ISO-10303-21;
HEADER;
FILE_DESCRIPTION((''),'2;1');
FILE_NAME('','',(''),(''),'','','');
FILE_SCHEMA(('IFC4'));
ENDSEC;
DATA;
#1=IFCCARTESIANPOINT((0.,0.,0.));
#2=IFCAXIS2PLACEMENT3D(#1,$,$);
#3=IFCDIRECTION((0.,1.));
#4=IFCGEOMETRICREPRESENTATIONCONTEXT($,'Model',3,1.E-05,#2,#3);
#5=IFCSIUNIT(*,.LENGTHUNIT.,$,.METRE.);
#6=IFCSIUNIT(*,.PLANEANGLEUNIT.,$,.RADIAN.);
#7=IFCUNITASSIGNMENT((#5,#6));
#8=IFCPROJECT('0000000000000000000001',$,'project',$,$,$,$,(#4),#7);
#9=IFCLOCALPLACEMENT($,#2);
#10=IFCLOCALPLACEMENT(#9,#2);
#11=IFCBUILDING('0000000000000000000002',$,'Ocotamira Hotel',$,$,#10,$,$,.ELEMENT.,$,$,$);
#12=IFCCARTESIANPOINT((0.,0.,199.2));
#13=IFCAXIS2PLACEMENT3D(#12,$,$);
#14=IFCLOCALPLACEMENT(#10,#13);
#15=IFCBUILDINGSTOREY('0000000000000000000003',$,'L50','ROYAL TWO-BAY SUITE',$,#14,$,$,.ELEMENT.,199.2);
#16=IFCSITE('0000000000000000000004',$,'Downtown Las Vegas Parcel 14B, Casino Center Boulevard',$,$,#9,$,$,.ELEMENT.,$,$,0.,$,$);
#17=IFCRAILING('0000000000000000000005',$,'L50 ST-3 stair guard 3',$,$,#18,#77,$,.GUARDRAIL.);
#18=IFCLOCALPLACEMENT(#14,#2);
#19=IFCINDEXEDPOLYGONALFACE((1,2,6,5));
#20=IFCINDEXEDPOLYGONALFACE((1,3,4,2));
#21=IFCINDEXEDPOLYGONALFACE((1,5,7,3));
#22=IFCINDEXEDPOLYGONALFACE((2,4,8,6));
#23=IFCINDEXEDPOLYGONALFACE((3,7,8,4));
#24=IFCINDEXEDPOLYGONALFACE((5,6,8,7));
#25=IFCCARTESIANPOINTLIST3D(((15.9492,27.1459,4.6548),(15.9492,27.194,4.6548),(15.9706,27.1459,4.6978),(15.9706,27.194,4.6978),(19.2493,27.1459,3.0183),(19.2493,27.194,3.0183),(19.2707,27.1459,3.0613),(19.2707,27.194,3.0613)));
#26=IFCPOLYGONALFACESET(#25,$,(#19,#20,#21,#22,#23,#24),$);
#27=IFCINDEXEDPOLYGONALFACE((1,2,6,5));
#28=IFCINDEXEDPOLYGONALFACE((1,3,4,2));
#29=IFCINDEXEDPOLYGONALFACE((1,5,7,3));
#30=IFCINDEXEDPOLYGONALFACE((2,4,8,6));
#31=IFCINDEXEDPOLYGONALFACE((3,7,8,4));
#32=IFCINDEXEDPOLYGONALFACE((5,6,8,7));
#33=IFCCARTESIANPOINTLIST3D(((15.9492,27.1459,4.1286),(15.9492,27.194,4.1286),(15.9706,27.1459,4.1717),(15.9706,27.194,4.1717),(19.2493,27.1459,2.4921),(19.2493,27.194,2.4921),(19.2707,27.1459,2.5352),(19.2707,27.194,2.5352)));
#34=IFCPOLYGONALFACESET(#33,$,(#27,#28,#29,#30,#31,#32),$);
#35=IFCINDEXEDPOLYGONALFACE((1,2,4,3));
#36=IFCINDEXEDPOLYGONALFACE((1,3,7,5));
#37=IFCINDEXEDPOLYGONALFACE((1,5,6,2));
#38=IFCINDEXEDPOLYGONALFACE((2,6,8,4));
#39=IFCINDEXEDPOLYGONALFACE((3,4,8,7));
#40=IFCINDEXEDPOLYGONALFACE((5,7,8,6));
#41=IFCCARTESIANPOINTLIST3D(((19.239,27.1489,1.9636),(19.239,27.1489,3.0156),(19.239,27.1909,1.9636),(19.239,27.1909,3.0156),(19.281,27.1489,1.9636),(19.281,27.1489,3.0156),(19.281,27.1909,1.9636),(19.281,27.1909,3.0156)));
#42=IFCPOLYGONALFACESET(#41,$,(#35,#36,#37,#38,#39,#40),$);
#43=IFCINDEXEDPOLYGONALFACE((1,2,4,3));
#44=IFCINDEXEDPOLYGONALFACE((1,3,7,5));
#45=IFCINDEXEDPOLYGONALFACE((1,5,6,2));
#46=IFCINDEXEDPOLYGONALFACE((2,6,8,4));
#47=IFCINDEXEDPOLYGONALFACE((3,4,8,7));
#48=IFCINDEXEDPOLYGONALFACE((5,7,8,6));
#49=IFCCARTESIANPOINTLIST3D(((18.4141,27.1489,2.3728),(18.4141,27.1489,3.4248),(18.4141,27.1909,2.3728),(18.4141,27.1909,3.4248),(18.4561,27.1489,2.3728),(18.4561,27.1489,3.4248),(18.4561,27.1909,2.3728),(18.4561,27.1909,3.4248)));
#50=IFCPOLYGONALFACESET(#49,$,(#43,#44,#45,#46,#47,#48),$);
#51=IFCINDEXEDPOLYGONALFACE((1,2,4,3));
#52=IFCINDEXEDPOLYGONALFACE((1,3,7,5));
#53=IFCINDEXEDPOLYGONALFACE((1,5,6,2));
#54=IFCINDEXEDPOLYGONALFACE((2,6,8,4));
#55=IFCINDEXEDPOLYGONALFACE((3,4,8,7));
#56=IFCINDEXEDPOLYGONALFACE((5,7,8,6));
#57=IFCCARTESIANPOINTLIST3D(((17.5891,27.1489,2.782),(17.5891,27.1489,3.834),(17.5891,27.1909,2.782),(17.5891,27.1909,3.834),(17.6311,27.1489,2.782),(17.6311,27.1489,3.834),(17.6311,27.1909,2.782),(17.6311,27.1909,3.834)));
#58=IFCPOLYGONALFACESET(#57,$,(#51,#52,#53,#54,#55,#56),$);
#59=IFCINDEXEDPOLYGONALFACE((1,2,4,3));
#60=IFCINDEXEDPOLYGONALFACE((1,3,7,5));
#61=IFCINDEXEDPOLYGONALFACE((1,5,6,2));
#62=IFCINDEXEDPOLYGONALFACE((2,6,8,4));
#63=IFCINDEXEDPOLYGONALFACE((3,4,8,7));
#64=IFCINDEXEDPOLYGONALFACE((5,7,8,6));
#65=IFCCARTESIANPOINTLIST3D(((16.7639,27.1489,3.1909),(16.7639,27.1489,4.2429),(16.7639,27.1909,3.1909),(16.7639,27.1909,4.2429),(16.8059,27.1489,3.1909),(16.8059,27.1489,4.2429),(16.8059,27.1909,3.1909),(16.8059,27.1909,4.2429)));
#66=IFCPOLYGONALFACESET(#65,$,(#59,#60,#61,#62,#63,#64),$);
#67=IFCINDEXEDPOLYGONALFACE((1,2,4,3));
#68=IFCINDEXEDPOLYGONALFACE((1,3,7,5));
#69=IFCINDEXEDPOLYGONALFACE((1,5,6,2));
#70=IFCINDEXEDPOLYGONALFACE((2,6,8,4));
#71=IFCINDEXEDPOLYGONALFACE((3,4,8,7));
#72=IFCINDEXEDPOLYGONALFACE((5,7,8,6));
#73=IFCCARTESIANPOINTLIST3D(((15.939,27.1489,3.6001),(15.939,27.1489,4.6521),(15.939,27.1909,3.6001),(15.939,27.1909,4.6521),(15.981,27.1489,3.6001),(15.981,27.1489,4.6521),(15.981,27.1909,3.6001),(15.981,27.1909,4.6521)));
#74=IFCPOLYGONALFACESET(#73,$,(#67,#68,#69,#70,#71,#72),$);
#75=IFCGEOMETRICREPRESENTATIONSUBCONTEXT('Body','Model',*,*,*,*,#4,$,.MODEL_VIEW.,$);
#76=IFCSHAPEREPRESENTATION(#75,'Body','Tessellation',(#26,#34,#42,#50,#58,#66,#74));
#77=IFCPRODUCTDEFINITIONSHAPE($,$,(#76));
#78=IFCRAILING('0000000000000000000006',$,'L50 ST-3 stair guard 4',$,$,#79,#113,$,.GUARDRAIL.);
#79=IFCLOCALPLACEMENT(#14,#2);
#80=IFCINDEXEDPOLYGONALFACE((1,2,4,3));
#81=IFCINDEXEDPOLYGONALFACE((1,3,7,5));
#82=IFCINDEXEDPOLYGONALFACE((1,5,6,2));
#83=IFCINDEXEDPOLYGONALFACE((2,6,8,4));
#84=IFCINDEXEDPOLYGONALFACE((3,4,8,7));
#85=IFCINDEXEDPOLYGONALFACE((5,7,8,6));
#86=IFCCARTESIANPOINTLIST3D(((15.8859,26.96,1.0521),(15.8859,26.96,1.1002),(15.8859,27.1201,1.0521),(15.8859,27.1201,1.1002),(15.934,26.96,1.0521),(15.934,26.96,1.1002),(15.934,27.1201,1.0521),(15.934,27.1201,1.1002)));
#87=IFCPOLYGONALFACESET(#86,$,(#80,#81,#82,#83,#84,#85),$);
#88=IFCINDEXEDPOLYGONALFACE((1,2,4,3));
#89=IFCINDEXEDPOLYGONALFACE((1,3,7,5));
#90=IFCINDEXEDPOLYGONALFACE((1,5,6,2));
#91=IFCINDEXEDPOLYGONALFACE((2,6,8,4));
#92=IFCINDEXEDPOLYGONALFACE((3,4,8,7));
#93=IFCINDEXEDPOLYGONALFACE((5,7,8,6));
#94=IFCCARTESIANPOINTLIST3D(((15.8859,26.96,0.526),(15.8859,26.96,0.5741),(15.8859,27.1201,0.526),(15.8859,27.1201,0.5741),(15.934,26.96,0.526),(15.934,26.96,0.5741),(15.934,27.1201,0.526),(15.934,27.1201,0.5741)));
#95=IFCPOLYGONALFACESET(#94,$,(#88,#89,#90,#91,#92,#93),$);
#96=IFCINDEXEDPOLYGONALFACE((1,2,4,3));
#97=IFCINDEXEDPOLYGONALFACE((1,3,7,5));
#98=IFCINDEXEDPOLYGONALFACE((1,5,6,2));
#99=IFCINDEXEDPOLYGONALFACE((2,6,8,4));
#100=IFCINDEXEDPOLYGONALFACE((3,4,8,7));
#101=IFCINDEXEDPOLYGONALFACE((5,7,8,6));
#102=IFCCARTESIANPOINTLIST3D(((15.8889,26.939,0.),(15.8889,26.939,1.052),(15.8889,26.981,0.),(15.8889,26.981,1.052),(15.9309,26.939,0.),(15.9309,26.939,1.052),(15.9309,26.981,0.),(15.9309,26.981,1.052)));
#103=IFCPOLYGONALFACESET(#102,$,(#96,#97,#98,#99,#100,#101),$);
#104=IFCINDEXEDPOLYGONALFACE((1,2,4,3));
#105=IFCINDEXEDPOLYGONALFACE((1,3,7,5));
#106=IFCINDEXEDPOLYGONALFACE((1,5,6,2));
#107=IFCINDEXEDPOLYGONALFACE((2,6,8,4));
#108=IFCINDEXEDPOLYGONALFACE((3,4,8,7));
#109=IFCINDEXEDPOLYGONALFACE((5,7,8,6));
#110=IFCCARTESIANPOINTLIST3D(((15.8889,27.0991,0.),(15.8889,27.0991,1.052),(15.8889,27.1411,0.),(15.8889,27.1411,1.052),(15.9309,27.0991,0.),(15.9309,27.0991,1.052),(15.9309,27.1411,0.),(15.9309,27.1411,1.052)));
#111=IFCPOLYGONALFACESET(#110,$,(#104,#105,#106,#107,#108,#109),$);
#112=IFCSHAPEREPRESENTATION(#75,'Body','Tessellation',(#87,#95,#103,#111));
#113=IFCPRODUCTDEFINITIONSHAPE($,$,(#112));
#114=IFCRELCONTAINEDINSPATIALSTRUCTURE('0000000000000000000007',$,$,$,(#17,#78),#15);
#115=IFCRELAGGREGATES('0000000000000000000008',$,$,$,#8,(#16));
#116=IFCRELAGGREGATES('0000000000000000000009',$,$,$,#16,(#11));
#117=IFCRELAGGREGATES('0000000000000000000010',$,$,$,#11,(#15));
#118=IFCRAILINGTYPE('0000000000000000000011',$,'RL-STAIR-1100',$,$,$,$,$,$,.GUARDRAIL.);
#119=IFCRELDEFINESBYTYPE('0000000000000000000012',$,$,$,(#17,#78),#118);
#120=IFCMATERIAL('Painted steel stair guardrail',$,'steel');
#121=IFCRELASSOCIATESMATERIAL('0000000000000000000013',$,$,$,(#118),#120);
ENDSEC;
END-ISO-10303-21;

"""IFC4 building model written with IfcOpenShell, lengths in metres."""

from ifc_helpers import new_model, si_unit, direction, frame, origin, origin_2d, place, context, subcontext, project, spatial, rectangle, extrude, material, type_object, element, save


model = new_model("IFC4")

# Units and contexts
model_context = context("Model", 3, precision=1e-05, world=origin(), true_north=direction((0.0, 1.0)))
body_context = subcontext(model_context, "Body", "Model", "MODEL_VIEW")
ifc_project = project(units=[si_unit("LENGTHUNIT", "METRE"), si_unit("PLANEANGLEUNIT", "RADIAN")], contexts=[model_context])

# Site, building, storey
site_placement = place(None, origin())
site = spatial("IfcSite", under=ifc_project, at=site_placement, Name="Downtown Las Vegas Parcel 14B, Casino Center Boulevard", CompositionType="ELEMENT", RefElevation=0.0)
building_placement = place(site_placement, origin())
building = spatial("IfcBuilding", under=site, at=building_placement, Name="Ocotamira Hotel", CompositionType="ELEMENT")
storey_placement = place(building_placement, frame((0.0, 0.0, 199.2)))
storey = spatial("IfcBuildingStorey", under=building, at=storey_placement, Name="L50", Description="ROYAL TWO-BAY SUITE", CompositionType="ELEMENT", Elevation=199.2)

# Railings
ifc_material_1 = material(Name="Painted steel stair guardrail", Category="steel")
railing_type_1 = type_object("IfcRailingType", Name="RL-STAIR-1100", PredefinedType="GUARDRAIL", material=ifc_material_1)
railing_1_placement = place(storey_placement, frame((19.26, 27.1699, 1.9636)))
element("IfcRailing", 1, at=railing_1_placement, inside=storey, type_object=railing_type_1, Name="L50 ST-3 stair guard 3", PredefinedType="GUARDRAIL", context=body_context, shape_type="SweptSolid", body=[
    extrude(rectangle(XDim=0.0481, YDim=0.0481, at=origin_2d()), frame((0.0, 0.0, 1.0762), z_axis=(-0.895894, 0.0, 0.444268), x_axis=(0.0, -1.0, 0.0)), (0.0, 0.0, 1.0), 3.6836),
    extrude(rectangle(XDim=0.0481, YDim=0.0481, at=origin_2d()), frame((0.0, 0.0, 0.55), z_axis=(-0.895894, 0.0, 0.444268), x_axis=(0.0, -1.0, 0.0)), (0.0, 0.0, 1.0), 3.6836),
    extrude(rectangle(XDim=0.042, YDim=0.042, at=origin_2d()), origin(), (0.0, 0.0, 1.0), 1.052),
    extrude(rectangle(XDim=0.042, YDim=0.042, at=origin_2d()), frame((-0.825, 0.0, 0.4092)), (0.0, 0.0, 1.0), 1.052),
    extrude(rectangle(XDim=0.042, YDim=0.042, at=origin_2d()), frame((-1.6499, 0.0, 0.8184)), (0.0, 0.0, 1.0), 1.052),
    extrude(rectangle(XDim=0.042, YDim=0.042, at=origin_2d()), frame((-2.4751, 0.0, 1.2273)), (0.0, 0.0, 1.0), 1.052),
    extrude(rectangle(XDim=0.042, YDim=0.042, at=origin_2d()), frame((-3.3, 0.0, 1.6365)), (0.0, 0.0, 1.0), 1.052),
])
railing_2_placement = place(storey_placement, frame((15.9099, 26.96, 0.0)))
element("IfcRailing", 2, at=railing_2_placement, inside=storey, type_object=railing_type_1, Name="L50 ST-3 stair guard 4", PredefinedType="GUARDRAIL", context=body_context, shape_type="SweptSolid", body=[
    extrude(rectangle(XDim=0.0481, YDim=0.0481, at=origin_2d()), frame((0.0, 0.0, 1.0762), z_axis=(0.0, 1.0, 0.0), x_axis=(-1.0, 0.0, 0.0)), (0.0, 0.0, 1.0), 0.1602),
    extrude(rectangle(XDim=0.0481, YDim=0.0481, at=origin_2d()), frame((0.0, 0.0, 0.55), z_axis=(0.0, 1.0, 0.0), x_axis=(-1.0, 0.0, 0.0)), (0.0, 0.0, 1.0), 0.1602),
    extrude(rectangle(XDim=0.042, YDim=0.042, at=origin_2d()), origin(), (0.0, 0.0, 1.0), 1.052),
    extrude(rectangle(XDim=0.042, YDim=0.042, at=origin_2d()), frame((0.0, 0.1602, 0.0)), (0.0, 0.0, 1.0), 1.052),
])

save(model, "model.ifc")
